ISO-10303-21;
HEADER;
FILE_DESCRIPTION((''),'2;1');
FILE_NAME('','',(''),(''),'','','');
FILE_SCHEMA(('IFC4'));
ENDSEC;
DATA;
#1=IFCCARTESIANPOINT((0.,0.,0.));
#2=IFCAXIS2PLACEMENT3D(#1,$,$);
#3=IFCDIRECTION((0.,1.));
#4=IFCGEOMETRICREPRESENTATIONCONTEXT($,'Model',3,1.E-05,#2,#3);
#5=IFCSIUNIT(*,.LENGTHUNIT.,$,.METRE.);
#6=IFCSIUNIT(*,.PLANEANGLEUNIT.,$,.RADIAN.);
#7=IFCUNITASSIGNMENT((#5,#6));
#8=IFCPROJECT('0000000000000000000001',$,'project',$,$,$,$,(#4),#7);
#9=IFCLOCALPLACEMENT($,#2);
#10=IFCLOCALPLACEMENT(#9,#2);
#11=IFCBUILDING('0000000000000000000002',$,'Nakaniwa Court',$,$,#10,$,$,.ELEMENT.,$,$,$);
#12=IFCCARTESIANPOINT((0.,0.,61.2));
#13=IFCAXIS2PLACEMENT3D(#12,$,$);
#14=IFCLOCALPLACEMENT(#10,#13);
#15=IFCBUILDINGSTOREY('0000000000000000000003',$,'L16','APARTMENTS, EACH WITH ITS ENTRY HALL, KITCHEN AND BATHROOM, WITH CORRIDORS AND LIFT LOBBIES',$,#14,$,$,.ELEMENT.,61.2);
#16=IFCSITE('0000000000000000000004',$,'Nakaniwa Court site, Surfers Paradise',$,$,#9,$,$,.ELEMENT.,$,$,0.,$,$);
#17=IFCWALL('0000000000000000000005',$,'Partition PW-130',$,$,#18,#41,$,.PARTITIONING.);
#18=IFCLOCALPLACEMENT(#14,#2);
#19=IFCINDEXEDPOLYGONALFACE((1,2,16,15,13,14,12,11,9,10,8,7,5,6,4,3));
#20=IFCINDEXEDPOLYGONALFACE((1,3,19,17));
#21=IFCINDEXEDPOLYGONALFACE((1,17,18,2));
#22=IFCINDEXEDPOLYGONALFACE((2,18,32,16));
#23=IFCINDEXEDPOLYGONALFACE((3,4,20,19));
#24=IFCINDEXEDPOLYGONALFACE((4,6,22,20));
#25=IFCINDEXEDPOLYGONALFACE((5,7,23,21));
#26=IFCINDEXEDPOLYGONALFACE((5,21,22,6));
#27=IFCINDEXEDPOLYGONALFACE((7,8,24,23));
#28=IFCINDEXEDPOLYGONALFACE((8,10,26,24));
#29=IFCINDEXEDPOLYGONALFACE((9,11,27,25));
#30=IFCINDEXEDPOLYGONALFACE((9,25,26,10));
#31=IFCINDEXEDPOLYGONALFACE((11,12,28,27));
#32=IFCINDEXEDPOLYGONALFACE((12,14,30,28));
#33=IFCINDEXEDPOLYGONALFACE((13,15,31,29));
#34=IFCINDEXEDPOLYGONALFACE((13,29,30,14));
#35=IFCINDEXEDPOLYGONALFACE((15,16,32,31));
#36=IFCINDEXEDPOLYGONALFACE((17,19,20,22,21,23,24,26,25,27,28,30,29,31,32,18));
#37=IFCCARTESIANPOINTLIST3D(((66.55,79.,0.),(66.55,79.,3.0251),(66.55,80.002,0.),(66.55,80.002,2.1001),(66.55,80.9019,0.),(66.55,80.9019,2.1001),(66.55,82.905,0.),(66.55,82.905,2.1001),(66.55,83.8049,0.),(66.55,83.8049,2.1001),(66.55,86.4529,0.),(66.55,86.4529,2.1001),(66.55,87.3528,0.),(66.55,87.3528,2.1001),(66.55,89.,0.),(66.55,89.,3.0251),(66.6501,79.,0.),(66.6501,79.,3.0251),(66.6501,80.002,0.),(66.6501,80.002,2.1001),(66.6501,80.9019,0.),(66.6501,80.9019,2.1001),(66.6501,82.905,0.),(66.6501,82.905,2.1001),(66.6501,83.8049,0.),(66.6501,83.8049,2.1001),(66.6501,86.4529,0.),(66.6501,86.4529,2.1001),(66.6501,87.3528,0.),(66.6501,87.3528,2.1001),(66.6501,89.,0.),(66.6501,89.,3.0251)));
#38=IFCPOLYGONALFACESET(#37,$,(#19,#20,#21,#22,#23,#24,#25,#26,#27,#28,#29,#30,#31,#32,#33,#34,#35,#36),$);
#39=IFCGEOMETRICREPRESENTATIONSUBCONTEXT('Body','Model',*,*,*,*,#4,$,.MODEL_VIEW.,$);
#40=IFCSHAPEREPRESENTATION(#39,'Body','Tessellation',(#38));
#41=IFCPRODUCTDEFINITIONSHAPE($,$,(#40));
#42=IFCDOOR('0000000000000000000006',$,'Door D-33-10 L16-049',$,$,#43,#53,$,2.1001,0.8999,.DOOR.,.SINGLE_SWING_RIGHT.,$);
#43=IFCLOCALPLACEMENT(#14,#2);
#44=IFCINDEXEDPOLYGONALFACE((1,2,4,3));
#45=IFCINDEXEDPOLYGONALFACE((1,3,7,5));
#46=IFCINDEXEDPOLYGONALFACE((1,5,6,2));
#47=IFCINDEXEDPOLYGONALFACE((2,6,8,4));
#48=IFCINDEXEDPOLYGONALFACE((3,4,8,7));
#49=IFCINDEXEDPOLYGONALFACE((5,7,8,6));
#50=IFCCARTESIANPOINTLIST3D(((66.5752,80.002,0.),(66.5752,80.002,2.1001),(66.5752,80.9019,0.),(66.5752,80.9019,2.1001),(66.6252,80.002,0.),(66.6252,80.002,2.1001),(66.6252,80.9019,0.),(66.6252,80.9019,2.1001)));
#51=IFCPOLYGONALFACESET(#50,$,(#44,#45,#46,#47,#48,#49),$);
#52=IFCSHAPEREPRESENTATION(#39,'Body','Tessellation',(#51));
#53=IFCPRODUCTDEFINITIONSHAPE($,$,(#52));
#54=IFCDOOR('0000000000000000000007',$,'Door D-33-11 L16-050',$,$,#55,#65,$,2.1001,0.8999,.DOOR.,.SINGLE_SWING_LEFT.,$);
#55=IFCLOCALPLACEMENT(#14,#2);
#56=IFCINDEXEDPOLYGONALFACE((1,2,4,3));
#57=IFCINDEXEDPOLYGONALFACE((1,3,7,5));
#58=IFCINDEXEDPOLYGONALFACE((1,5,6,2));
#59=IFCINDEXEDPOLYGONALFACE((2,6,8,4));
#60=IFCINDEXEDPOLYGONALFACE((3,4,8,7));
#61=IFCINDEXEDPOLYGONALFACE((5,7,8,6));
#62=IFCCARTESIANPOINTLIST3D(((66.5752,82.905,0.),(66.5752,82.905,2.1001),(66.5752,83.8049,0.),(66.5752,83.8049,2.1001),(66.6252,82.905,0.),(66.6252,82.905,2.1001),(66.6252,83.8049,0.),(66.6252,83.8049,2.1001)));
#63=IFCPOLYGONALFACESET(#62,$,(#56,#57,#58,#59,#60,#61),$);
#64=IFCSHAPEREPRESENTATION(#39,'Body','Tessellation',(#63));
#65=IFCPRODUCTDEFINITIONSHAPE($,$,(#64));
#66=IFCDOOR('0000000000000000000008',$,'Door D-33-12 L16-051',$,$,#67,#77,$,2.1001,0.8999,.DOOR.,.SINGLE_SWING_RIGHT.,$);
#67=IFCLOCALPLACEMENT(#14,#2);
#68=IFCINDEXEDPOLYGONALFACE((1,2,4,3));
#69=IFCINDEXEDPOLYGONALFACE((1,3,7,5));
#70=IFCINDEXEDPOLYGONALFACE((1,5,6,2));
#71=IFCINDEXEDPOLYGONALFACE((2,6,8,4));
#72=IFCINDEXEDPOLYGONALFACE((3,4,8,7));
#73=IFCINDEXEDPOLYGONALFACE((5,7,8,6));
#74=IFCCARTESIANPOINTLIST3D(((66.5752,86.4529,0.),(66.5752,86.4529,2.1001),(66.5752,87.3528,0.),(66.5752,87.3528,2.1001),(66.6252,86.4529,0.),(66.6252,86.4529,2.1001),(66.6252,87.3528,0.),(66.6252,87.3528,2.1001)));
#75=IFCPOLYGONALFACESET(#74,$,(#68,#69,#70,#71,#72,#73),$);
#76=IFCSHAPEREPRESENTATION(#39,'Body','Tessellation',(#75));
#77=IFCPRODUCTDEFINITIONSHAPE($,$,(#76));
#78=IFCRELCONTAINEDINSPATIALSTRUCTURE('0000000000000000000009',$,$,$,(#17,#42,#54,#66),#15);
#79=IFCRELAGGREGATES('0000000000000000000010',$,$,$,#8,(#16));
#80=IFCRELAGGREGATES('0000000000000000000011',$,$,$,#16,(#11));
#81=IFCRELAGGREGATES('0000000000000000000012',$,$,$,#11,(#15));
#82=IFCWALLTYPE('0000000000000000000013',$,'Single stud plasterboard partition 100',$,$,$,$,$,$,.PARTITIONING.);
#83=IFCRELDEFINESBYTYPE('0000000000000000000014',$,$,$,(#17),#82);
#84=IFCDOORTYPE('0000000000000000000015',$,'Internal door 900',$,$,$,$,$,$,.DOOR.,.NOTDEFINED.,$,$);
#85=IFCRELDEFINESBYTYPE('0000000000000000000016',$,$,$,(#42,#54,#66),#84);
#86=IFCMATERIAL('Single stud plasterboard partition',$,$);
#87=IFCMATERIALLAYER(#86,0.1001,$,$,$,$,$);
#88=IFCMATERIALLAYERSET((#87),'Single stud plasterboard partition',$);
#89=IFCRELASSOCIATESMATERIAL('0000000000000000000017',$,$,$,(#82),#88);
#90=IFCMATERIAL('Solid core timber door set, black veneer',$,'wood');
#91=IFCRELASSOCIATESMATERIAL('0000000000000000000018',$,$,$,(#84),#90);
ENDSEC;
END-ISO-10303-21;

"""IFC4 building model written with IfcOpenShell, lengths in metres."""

from ifc_helpers import new_model, si_unit, direction, frame, frame_2d, origin, place, context, subcontext, project, spatial, rectangle, extrude, material, layer, layer_set, type_object, element, fill, save


model = new_model("IFC4")

# Units and contexts
model_context = context("Model", 3, precision=1e-05, world=origin(), true_north=direction((0.0, 1.0)))
body_context = subcontext(model_context, "Body", "Model", "MODEL_VIEW")
ifc_project = project(units=[si_unit("LENGTHUNIT", "METRE"), si_unit("PLANEANGLEUNIT", "RADIAN")], contexts=[model_context])

# Site, building, storey
site_placement = place(None, origin())
site = spatial("IfcSite", under=ifc_project, at=site_placement, Name="Nakaniwa Court site, Surfers Paradise", CompositionType="ELEMENT", RefElevation=0.0)
building_placement = place(site_placement, origin())
building = spatial("IfcBuilding", under=site, at=building_placement, Name="Nakaniwa Court", CompositionType="ELEMENT")
storey_placement = place(building_placement, frame((0.0, 0.0, 61.2)))
storey = spatial("IfcBuildingStorey", under=building, at=storey_placement, Name="L16", Description="APARTMENTS, EACH WITH ITS ENTRY HALL, KITCHEN AND BATHROOM, WITH CORRIDORS AND LIFT LOBBIES", CompositionType="ELEMENT", Elevation=61.2)

# Shared definitions
ifc_material_1 = material(Name="Single stud plasterboard partition")
ifc_layer_1 = layer(ifc_material_1, 0.1001)
ifc_layer_set_1 = layer_set([ifc_layer_1], Name="Single stud plasterboard partition")
wall_type_1 = type_object("IfcWallType", Name="Single stud plasterboard partition 100", PredefinedType="PARTITIONING", material=ifc_layer_set_1)

# Wall, openings, doors
wall_1_placement = place(storey_placement, frame((66.6001, 79.0, 0.0), z_axis=(0.0, 0.0, 1.0), x_axis=(0.0, 1.0, 0.0)))
wall_1 = element("IfcWall", 1, at=wall_1_placement, inside=storey, type_object=wall_type_1, Name="Partition PW-130", PredefinedType="PARTITIONING", context=body_context, shape_type="SweptSolid", body=[
    extrude(rectangle(XDim=10.0, YDim=0.1001, at=frame_2d((5.0, 0.0))), origin(), (0.0, 0.0, 1.0), 3.0251),
])
opening_1_placement = place(wall_1_placement, frame((1.002, 0.0, 0.0)))
opening_1 = element("IfcOpeningElement", 2, at=opening_1_placement, cuts=wall_1, PredefinedType="OPENING", context=body_context, shape_type="SweptSolid", body=[
    extrude(rectangle(XDim=0.8999, YDim=2.1001, at=frame_2d((0.45, 1.05))), frame((0.0, 0.0601, 0.0), z_axis=(0.0, -1.0, 0.0), x_axis=(1.0, 0.0, 0.0)), (0.0, 0.0, 1.0), 0.1201),
])
opening_2_placement = place(wall_1_placement, frame((3.905, 0.0, 0.0)))
opening_2 = element("IfcOpeningElement", 3, at=opening_2_placement, cuts=wall_1, PredefinedType="OPENING", context=body_context, shape_type="SweptSolid", body=[
    extrude(rectangle(XDim=0.8999, YDim=2.1001, at=frame_2d((0.45, 1.05))), frame((0.0, 0.0601, 0.0), z_axis=(0.0, -1.0, 0.0), x_axis=(1.0, 0.0, 0.0)), (0.0, 0.0, 1.0), 0.1201),
])
opening_3_placement = place(wall_1_placement, frame((7.4529, 0.0, 0.0)))
opening_3 = element("IfcOpeningElement", 4, at=opening_3_placement, cuts=wall_1, PredefinedType="OPENING", context=body_context, shape_type="SweptSolid", body=[
    extrude(rectangle(XDim=0.8999, YDim=2.1001, at=frame_2d((0.45, 1.05))), frame((0.0, 0.0601, 0.0), z_axis=(0.0, -1.0, 0.0), x_axis=(1.0, 0.0, 0.0)), (0.0, 0.0, 1.0), 0.1201),
])
ifc_material_2 = material(Name="Solid core timber door set, black veneer", Category="wood")
door_type = type_object("IfcDoorType", Name="Internal door 900", OperationType="NOTDEFINED", PredefinedType="DOOR", material=ifc_material_2)
door_1_placement = place(opening_1_placement, origin())
door_1 = element("IfcDoor", 5, at=door_1_placement, inside=storey, type_object=door_type, Name="Door D-33-10 L16-049", OperationType="SINGLE_SWING_RIGHT", OverallHeight=2.1001, OverallWidth=0.8999, PredefinedType="DOOR", context=body_context, shape_type="SweptSolid", body=[
    extrude(rectangle(XDim=0.8999, YDim=2.1001, at=frame_2d((0.45, 1.05))), frame((0.0, 0.0249, 0.0), z_axis=(0.0, -1.0, 0.0), x_axis=(1.0, 0.0, 0.0)), (0.0, 0.0, 1.0), 0.05),
])
fill(opening_1, door_1)
door_2_placement = place(opening_2_placement, origin())
door_2 = element("IfcDoor", 6, at=door_2_placement, inside=storey, type_object=door_type, Name="Door D-33-11 L16-050", OperationType="SINGLE_SWING_LEFT", OverallHeight=2.1001, OverallWidth=0.8999, PredefinedType="DOOR", context=body_context, shape_type="SweptSolid", body=[
    extrude(rectangle(XDim=0.8999, YDim=2.1001, at=frame_2d((0.45, 1.05))), frame((0.0, 0.0249, 0.0), z_axis=(0.0, -1.0, 0.0), x_axis=(1.0, 0.0, 0.0)), (0.0, 0.0, 1.0), 0.05),
])
fill(opening_2, door_2)
door_3_placement = place(opening_3_placement, origin())
door_3 = element("IfcDoor", 7, at=door_3_placement, inside=storey, type_object=door_type, Name="Door D-33-12 L16-051", OperationType="SINGLE_SWING_RIGHT", OverallHeight=2.1001, OverallWidth=0.8999, PredefinedType="DOOR", context=body_context, shape_type="SweptSolid", body=[
    extrude(rectangle(XDim=0.8999, YDim=2.1001, at=frame_2d((0.45, 1.05))), frame((0.0, 0.0249, 0.0), z_axis=(0.0, -1.0, 0.0), x_axis=(1.0, 0.0, 0.0)), (0.0, 0.0, 1.0), 0.05),
])
fill(opening_3, door_3)

save(model, "model.ifc")
